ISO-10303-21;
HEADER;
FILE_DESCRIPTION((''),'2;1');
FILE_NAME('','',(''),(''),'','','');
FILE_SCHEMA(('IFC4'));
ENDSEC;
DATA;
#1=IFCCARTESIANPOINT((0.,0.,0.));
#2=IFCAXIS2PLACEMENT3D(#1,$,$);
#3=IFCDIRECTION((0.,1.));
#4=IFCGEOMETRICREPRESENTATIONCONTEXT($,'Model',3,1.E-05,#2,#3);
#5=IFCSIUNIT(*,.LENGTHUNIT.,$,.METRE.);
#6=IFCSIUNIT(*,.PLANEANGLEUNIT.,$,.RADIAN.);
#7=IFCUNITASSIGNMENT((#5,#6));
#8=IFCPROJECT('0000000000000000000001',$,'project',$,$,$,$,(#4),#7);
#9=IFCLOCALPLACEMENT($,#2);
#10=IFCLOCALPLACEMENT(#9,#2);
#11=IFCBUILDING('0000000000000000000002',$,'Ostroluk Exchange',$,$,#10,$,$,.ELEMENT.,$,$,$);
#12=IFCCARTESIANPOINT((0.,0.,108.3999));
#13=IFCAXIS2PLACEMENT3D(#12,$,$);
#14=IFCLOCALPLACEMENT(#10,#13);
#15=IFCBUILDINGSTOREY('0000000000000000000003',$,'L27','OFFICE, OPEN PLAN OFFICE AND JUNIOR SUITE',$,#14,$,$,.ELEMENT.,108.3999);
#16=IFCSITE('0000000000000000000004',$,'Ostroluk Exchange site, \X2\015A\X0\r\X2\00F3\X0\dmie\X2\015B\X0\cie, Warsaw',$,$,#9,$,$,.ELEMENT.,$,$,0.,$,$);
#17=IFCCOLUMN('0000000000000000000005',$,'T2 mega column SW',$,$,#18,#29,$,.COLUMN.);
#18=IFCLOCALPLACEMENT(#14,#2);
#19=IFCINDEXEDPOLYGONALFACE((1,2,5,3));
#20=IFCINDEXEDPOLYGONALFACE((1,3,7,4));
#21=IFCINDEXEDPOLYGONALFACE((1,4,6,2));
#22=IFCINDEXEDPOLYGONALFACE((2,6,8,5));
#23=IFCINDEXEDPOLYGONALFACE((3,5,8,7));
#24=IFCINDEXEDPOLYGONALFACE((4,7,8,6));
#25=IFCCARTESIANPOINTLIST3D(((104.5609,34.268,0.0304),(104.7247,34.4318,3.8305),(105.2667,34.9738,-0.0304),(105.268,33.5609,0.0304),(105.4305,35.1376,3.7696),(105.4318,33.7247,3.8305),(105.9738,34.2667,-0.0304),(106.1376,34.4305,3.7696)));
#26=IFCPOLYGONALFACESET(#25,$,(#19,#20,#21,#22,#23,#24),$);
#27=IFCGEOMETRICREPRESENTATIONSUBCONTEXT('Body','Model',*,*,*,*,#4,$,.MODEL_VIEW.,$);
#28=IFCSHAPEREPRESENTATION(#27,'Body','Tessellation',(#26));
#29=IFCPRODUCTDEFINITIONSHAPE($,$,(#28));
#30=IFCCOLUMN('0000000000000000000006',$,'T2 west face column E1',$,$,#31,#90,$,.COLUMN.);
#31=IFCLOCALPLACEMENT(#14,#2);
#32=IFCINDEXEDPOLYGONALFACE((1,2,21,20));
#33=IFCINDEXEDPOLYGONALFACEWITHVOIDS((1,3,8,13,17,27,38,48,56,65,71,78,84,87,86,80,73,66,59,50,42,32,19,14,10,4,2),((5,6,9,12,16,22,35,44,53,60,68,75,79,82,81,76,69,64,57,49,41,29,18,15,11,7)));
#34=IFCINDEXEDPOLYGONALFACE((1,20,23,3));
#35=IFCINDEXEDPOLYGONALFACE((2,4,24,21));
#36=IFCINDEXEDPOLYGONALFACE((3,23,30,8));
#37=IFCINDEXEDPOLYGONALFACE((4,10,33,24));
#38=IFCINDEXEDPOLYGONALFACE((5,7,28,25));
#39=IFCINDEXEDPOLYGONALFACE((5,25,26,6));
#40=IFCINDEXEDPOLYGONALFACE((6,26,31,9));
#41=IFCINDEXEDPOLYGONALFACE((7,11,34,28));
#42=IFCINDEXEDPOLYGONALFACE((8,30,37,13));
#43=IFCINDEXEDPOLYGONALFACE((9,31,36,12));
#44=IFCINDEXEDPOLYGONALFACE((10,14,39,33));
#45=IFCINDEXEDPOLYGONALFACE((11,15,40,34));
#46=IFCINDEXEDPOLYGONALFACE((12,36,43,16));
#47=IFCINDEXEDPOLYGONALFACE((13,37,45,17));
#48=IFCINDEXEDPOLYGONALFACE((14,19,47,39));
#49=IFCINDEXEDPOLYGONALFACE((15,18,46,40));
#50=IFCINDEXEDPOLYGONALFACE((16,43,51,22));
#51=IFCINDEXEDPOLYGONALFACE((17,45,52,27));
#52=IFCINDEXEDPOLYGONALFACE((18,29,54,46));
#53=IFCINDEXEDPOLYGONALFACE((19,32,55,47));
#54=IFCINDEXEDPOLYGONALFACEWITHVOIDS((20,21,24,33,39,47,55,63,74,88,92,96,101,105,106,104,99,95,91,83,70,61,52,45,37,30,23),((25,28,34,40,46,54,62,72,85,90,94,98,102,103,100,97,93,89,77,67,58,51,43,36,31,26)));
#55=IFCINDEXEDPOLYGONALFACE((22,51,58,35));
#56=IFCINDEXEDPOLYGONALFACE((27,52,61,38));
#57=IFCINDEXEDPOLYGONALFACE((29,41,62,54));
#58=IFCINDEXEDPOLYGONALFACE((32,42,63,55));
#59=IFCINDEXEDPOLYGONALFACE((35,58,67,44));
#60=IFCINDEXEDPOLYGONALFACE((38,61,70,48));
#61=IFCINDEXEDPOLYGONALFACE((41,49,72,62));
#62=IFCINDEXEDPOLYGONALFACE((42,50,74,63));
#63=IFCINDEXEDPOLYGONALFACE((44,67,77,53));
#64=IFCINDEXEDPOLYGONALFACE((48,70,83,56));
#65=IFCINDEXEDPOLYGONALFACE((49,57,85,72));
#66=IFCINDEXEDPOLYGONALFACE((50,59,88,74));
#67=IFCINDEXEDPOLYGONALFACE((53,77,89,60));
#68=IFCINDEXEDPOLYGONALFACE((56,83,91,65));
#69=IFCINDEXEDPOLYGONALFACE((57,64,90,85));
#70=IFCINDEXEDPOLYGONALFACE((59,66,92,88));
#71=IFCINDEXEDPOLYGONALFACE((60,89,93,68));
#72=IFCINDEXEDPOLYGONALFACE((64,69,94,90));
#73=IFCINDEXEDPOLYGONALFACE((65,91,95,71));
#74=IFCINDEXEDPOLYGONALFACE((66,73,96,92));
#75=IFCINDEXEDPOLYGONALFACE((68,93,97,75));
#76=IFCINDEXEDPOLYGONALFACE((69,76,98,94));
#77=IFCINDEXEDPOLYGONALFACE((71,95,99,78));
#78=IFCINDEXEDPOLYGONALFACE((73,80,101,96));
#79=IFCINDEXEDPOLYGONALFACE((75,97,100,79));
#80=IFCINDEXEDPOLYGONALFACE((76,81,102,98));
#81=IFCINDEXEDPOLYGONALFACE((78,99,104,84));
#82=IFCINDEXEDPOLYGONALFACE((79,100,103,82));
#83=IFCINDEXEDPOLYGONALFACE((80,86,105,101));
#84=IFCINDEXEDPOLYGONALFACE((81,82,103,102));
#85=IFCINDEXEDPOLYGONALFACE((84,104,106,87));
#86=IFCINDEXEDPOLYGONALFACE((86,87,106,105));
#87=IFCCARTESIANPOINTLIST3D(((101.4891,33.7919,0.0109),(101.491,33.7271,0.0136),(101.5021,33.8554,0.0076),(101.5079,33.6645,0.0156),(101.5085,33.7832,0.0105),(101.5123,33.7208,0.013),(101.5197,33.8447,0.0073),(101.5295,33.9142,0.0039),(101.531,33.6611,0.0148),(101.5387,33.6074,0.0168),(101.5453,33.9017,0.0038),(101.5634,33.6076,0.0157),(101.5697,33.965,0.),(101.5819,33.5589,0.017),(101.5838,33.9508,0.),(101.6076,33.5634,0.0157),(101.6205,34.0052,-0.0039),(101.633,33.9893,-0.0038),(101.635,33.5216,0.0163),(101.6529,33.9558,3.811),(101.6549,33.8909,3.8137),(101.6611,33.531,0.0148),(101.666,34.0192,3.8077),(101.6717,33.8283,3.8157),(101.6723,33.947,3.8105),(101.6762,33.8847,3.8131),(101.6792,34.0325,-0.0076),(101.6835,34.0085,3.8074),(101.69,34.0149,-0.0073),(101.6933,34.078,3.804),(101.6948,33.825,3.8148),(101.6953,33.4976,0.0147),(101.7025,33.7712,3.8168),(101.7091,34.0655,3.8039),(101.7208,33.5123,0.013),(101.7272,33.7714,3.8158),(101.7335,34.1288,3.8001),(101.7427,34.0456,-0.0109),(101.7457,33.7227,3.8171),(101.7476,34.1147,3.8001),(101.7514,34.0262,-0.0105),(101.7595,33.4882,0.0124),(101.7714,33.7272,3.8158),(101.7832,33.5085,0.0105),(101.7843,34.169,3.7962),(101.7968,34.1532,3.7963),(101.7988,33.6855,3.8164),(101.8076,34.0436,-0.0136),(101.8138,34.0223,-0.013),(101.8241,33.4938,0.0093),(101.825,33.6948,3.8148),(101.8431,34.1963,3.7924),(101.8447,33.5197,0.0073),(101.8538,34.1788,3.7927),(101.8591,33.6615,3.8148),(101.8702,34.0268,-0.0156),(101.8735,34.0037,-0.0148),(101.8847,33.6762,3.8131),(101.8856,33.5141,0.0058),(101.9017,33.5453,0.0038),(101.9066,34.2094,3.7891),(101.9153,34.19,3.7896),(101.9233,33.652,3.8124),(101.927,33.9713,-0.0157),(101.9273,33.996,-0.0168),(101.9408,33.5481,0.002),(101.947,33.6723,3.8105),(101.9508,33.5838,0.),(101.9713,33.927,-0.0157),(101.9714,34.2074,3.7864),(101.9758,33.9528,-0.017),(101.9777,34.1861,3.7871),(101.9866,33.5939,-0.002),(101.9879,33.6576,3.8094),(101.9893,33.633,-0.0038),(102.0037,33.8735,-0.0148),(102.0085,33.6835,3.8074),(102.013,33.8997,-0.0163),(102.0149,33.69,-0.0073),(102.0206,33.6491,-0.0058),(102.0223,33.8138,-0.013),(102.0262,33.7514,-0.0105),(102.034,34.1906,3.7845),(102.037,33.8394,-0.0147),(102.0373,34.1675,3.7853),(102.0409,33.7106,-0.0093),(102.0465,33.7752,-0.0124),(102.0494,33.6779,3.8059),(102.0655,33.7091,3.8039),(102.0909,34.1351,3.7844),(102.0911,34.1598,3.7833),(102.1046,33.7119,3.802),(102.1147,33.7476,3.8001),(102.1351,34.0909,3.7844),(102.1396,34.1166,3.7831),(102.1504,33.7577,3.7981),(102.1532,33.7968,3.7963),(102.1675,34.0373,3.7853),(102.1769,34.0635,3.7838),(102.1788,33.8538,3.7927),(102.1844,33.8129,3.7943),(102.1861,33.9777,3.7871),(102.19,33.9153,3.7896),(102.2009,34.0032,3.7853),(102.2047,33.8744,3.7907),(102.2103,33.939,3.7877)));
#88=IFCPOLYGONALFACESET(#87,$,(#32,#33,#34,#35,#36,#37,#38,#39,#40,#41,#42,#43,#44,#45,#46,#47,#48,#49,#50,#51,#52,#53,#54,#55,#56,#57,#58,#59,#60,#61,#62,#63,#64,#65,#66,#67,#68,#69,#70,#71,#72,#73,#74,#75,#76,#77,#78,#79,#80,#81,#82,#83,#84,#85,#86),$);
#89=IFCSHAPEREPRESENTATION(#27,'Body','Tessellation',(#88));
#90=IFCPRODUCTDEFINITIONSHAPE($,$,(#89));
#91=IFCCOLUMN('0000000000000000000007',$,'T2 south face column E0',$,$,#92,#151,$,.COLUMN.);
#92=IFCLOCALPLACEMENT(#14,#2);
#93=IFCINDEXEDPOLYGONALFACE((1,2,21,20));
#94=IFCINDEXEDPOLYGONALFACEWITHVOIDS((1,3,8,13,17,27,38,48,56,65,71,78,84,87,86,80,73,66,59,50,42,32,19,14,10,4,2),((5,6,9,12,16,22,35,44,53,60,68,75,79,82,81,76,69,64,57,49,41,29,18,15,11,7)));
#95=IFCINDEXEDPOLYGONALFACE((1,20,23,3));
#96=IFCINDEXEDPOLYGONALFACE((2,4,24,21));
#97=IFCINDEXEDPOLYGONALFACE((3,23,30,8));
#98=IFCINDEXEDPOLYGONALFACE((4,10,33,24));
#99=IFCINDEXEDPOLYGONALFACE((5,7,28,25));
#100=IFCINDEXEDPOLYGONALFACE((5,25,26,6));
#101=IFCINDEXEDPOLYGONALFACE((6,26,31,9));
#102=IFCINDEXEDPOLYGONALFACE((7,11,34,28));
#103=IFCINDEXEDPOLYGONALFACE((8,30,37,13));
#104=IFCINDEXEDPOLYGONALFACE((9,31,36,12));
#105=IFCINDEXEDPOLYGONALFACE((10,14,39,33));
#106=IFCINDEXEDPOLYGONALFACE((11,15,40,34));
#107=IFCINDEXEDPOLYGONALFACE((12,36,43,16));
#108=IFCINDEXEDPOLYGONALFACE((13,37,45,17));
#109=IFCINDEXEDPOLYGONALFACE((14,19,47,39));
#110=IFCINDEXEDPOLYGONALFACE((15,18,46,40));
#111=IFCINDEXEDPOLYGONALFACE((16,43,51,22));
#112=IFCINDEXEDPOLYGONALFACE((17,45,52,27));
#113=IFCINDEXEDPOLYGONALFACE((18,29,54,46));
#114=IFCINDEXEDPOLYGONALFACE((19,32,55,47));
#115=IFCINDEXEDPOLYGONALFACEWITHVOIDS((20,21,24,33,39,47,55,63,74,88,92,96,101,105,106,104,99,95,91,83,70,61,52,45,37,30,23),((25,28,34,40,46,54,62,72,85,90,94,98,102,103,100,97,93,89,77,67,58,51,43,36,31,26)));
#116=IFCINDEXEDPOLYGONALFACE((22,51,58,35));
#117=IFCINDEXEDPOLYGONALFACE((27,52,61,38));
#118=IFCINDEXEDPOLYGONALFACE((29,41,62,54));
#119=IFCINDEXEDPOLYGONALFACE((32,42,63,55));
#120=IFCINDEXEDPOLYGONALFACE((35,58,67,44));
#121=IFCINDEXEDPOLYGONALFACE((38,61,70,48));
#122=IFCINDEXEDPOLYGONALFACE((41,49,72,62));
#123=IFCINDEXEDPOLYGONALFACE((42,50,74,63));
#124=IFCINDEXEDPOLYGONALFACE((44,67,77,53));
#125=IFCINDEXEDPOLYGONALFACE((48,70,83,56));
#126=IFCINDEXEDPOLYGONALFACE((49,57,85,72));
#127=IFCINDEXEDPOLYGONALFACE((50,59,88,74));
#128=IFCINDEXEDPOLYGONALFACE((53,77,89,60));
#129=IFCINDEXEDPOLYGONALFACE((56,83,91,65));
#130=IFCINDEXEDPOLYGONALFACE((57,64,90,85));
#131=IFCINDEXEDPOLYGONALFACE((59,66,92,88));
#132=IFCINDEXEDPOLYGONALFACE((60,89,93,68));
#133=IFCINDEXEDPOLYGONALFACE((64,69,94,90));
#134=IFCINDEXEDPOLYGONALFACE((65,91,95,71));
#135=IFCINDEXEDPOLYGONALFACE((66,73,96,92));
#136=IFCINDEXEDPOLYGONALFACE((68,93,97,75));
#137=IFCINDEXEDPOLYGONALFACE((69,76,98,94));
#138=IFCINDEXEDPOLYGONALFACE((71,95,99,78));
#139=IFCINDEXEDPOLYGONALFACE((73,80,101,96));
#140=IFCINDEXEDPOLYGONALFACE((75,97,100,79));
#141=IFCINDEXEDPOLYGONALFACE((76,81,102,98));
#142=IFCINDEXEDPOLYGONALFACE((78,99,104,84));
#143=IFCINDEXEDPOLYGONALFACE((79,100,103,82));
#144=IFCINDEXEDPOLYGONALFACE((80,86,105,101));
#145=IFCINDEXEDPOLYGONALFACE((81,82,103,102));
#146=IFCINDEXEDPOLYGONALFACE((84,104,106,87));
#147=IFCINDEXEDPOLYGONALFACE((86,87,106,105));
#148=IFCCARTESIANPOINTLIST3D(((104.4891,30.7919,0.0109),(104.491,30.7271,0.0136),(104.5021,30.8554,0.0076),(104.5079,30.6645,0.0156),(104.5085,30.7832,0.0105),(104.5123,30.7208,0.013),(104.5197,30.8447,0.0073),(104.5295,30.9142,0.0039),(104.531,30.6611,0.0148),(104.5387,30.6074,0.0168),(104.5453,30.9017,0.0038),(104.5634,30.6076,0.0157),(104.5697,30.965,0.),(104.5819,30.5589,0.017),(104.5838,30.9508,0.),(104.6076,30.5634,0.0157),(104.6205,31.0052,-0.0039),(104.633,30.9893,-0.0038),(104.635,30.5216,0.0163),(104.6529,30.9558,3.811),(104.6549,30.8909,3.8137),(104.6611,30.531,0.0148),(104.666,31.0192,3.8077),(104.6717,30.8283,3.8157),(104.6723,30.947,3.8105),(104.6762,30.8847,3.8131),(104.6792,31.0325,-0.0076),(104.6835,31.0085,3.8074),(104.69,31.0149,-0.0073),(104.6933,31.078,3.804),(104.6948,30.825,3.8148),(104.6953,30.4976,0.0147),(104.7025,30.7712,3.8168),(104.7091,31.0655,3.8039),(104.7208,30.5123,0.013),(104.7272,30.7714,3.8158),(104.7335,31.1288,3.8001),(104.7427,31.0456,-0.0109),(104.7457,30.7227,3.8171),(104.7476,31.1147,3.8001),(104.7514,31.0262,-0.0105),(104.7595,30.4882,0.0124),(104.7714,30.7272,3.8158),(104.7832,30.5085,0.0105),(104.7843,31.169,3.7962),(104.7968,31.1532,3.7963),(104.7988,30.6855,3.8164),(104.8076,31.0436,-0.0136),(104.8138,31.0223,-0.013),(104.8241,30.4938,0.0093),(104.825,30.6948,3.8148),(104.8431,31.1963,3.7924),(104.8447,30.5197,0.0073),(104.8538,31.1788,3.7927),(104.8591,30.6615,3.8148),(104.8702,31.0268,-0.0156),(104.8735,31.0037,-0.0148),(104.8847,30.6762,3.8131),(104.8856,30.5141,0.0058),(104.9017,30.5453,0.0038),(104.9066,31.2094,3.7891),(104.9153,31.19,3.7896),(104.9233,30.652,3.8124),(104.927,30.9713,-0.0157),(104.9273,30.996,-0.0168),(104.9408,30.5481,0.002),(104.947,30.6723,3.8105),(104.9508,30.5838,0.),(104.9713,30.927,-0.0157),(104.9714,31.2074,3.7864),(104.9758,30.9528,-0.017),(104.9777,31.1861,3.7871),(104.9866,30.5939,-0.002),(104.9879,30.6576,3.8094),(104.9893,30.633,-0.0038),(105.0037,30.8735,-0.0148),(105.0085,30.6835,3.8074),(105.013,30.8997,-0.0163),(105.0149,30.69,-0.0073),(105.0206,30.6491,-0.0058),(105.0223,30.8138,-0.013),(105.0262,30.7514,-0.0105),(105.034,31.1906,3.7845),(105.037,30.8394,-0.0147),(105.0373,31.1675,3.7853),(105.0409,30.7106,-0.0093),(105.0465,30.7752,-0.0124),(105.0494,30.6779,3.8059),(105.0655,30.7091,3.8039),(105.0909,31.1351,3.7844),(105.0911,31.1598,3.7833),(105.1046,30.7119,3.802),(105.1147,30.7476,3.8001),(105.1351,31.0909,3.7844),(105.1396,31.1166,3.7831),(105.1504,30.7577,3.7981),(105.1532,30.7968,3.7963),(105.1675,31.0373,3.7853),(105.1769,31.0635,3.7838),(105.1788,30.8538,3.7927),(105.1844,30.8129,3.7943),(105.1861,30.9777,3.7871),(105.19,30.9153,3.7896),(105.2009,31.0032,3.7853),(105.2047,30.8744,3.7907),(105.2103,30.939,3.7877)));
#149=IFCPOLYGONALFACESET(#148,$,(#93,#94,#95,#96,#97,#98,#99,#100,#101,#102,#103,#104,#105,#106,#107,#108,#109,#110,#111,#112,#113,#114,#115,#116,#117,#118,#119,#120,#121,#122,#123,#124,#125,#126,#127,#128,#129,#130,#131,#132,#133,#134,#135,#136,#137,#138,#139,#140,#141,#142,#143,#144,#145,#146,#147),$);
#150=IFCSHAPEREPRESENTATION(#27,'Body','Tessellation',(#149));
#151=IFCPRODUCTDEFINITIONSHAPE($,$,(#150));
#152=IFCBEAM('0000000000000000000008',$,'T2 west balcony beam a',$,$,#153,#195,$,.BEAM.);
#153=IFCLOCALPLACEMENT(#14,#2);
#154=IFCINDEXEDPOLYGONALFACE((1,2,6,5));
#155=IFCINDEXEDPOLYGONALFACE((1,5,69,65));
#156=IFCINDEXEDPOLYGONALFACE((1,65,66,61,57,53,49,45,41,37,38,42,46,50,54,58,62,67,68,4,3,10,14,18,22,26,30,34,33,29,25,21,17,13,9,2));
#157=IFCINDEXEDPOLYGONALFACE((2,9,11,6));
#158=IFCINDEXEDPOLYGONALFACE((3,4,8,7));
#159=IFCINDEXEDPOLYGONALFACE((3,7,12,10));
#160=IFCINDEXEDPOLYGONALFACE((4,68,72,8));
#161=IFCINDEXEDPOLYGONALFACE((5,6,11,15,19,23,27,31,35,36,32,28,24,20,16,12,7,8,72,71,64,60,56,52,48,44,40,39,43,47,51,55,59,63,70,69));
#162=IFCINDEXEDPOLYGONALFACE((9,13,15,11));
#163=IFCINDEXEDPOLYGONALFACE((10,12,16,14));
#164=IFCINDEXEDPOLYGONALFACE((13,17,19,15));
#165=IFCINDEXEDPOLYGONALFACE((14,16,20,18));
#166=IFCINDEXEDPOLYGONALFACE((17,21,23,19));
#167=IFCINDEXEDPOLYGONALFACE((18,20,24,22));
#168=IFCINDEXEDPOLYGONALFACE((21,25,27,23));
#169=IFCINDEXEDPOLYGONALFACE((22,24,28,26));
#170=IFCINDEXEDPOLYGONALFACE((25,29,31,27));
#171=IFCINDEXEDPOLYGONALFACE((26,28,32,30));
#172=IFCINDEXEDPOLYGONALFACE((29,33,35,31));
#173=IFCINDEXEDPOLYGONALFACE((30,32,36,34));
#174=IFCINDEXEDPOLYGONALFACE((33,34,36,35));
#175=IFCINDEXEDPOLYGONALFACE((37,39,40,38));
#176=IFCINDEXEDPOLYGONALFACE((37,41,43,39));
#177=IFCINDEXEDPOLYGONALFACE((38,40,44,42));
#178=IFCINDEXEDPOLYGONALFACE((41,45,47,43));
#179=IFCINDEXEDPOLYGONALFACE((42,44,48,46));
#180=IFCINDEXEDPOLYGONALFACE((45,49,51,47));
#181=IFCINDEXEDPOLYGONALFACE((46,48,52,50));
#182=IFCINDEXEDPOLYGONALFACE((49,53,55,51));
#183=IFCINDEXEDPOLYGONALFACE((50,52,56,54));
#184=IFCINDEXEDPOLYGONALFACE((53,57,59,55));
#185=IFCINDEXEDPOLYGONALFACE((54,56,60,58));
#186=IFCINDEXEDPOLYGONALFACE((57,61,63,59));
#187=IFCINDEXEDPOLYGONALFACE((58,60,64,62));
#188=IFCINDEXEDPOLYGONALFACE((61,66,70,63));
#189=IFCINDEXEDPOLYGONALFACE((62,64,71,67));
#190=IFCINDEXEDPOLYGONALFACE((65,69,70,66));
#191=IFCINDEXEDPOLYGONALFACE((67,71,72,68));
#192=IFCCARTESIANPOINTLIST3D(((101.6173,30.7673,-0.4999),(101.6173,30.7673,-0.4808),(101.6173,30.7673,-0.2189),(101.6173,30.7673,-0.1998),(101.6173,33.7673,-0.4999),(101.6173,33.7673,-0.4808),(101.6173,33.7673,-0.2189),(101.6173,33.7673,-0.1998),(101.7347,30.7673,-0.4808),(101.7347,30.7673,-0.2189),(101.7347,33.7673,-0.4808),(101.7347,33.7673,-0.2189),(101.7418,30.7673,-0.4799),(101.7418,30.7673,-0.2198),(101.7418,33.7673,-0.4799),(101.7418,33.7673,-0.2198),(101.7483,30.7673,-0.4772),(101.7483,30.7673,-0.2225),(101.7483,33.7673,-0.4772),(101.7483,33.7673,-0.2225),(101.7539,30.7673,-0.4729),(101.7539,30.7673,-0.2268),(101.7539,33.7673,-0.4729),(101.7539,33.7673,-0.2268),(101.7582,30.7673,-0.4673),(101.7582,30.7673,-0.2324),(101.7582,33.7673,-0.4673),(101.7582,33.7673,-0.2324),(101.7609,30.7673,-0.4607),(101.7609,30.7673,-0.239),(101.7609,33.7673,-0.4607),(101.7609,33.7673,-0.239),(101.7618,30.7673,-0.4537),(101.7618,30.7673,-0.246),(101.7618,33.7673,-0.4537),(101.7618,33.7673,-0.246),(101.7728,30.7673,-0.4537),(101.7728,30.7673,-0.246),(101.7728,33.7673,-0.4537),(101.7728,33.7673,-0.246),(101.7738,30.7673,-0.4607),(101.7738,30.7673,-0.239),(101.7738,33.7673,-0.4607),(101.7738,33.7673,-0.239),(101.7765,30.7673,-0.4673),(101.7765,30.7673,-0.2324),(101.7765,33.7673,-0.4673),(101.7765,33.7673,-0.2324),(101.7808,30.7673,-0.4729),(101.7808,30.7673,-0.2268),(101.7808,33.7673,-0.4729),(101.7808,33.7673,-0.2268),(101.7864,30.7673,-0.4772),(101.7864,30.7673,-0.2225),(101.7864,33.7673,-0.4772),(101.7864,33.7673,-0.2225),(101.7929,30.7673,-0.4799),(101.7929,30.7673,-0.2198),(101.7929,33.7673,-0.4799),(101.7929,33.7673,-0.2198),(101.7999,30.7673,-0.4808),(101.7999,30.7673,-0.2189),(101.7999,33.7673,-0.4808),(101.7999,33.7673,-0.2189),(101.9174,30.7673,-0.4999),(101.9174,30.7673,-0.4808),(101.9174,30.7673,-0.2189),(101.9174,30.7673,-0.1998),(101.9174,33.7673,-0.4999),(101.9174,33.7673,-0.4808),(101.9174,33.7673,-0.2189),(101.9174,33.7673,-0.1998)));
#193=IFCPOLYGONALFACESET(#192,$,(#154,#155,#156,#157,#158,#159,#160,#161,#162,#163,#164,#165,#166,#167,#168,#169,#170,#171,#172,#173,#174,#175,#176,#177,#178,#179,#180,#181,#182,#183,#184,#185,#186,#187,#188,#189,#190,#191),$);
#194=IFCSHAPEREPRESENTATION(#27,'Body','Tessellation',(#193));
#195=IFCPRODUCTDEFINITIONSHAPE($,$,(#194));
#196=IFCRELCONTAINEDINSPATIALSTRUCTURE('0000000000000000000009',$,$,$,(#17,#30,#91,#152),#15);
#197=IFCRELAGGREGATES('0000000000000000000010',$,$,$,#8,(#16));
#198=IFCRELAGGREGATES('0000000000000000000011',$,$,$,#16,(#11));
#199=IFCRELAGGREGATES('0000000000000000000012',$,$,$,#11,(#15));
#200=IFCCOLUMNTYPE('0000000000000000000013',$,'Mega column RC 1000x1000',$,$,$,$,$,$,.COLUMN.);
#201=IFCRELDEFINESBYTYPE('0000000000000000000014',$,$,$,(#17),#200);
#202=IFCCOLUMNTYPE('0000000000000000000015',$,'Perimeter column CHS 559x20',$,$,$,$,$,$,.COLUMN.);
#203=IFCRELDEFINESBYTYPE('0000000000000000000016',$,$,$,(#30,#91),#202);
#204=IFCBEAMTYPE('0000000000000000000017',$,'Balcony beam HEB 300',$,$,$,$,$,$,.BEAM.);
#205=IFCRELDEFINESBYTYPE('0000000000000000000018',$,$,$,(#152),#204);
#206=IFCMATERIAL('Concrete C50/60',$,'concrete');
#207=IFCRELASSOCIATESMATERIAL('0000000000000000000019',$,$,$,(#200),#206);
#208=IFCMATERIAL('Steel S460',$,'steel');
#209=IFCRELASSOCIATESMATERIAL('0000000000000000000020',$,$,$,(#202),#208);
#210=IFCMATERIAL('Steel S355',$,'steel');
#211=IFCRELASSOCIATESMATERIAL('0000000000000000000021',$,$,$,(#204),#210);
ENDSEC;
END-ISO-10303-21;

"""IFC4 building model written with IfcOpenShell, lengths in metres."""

from ifc_helpers import new_model, si_unit, direction, frame, origin, origin_2d, place, context, subcontext, project, spatial, rectangle, hollow_circle, i_section, extrude, material, material_profile, profile_set, type_object, element, save


model = new_model("IFC4")

# Units and contexts
model_context = context("Model", 3, precision=1e-05, world=origin(), true_north=direction((0.0, 1.0)))
body_context = subcontext(model_context, "Body", "Model", "MODEL_VIEW")
ifc_project = project(units=[si_unit("LENGTHUNIT", "METRE"), si_unit("PLANEANGLEUNIT", "RADIAN")], contexts=[model_context])

# Site, building, storey
site_placement = place(None, origin())
site = spatial("IfcSite", under=ifc_project, at=site_placement, Name="Ostroluk Exchange site, Śródmieście, Warsaw", CompositionType="ELEMENT", RefElevation=0.0)
building_placement = place(site_placement, origin())
building = spatial("IfcBuilding", under=site, at=building_placement, Name="Ostroluk Exchange", CompositionType="ELEMENT")
storey_placement = place(building_placement, frame((0.0, 0.0, 108.3999)))
storey = spatial("IfcBuildingStorey", under=building, at=storey_placement, Name="L27", Description="OFFICE, OPEN PLAN OFFICE AND JUNIOR SUITE", CompositionType="ELEMENT", Elevation=108.3999)

# Columns
ifc_material_1 = material(Name="Concrete C50/60", Category="concrete")
ifc_material_profile_1 = material_profile(ifc_material_1, rectangle(XDim=1.0, YDim=1.0, at=origin_2d()), Name="RC 1000x1000")
ifc_profile_set_1 = profile_set([ifc_material_profile_1], Name="Concrete C50/60")
column_type_1 = type_object("IfcColumnType", Name="Mega column RC 1000x1000", PredefinedType="COLUMN", material=ifc_profile_set_1)
column_placement = place(storey_placement, frame((105.2673, 34.2673, 0.0), z_axis=(0.04303, 0.04303, 0.998147), x_axis=(-0.707107, 0.707107, 0.0)))
element("IfcColumn", 1, at=column_placement, inside=storey, type_object=column_type_1, Name="T2 mega column SW", PredefinedType="COLUMN", context=body_context, shape_type="SweptSolid", body=[
    extrude(rectangle(XDim=1.0, YDim=1.0, at=origin_2d()), origin(), (0.0, 0.0, 1.0), 3.8071),
])
ifc_material_2 = material(Name="Steel S460", Category="steel")
ifc_material_profile_2 = material_profile(ifc_material_2, hollow_circle(Radius=0.2795, WallThickness=0.02, at=origin_2d()), Name="CHS 559x20")
ifc_profile_set_2 = profile_set([ifc_material_profile_2], Name="Steel S460")
column_type_2 = type_object("IfcColumnType", Name="Perimeter column CHS 559x20", PredefinedType="COLUMN", material=ifc_profile_set_2)
for number, where, z_axis, x_axis, name in (
    (2, (101.7673, 33.7673, 0.0), (0.04303, 0.04303, 0.998147), (-0.707107, 0.707107, 0.0), "T2 west face column E1"),
    (3, (104.7673, 30.7673, 0.0), (0.04303, 0.04303, 0.998147), (-0.707107, 0.707107, 0.0), "T2 south face column E0"),
):
    element("IfcColumn", number, at=place(storey_placement, frame(where, z_axis=z_axis, x_axis=x_axis)), inside=storey, type_object=column_type_2, Name=name, PredefinedType="COLUMN", context=body_context, shape_type="SweptSolid", body=[
        extrude(hollow_circle(Radius=0.2795, WallThickness=0.02, at=origin_2d()), origin(), (0.0, 0.0, 1.0), 3.8071),
    ])

# Beam
ifc_material_3 = material(Name="Steel S355", Category="steel")
ifc_material_profile_3 = material_profile(ifc_material_3, i_section(OverallWidth=0.3, OverallDepth=0.3, WebThickness=0.011, FlangeThickness=0.019, FilletRadius=0.0271, at=origin_2d()), Name="HEB 300")
ifc_profile_set_3 = profile_set([ifc_material_profile_3], Name="Steel S355")
beam_type_1 = type_object("IfcBeamType", Name="Balcony beam HEB 300", PredefinedType="BEAM", material=ifc_profile_set_3)
for number, where, z_axis, x_axis, name in (
    (4, (101.7673, 33.7673, -0.3499), (0.0, -1.0, 0.0), (1.0, 0.0, 0.0), "T2 west balcony beam a"),
):
    element("IfcBeam", number, at=place(storey_placement, frame(where, z_axis=z_axis, x_axis=x_axis)), inside=storey, type_object=beam_type_1, Name=name, PredefinedType="BEAM", context=body_context, shape_type="SweptSolid", body=[
        extrude(i_section(OverallWidth=0.3, OverallDepth=0.3, WebThickness=0.011, FlangeThickness=0.019, FilletRadius=0.0271, at=origin_2d()), origin(), (0.0, 0.0, 1.0), 3.0),
    ])

save(model, "model.ifc")
